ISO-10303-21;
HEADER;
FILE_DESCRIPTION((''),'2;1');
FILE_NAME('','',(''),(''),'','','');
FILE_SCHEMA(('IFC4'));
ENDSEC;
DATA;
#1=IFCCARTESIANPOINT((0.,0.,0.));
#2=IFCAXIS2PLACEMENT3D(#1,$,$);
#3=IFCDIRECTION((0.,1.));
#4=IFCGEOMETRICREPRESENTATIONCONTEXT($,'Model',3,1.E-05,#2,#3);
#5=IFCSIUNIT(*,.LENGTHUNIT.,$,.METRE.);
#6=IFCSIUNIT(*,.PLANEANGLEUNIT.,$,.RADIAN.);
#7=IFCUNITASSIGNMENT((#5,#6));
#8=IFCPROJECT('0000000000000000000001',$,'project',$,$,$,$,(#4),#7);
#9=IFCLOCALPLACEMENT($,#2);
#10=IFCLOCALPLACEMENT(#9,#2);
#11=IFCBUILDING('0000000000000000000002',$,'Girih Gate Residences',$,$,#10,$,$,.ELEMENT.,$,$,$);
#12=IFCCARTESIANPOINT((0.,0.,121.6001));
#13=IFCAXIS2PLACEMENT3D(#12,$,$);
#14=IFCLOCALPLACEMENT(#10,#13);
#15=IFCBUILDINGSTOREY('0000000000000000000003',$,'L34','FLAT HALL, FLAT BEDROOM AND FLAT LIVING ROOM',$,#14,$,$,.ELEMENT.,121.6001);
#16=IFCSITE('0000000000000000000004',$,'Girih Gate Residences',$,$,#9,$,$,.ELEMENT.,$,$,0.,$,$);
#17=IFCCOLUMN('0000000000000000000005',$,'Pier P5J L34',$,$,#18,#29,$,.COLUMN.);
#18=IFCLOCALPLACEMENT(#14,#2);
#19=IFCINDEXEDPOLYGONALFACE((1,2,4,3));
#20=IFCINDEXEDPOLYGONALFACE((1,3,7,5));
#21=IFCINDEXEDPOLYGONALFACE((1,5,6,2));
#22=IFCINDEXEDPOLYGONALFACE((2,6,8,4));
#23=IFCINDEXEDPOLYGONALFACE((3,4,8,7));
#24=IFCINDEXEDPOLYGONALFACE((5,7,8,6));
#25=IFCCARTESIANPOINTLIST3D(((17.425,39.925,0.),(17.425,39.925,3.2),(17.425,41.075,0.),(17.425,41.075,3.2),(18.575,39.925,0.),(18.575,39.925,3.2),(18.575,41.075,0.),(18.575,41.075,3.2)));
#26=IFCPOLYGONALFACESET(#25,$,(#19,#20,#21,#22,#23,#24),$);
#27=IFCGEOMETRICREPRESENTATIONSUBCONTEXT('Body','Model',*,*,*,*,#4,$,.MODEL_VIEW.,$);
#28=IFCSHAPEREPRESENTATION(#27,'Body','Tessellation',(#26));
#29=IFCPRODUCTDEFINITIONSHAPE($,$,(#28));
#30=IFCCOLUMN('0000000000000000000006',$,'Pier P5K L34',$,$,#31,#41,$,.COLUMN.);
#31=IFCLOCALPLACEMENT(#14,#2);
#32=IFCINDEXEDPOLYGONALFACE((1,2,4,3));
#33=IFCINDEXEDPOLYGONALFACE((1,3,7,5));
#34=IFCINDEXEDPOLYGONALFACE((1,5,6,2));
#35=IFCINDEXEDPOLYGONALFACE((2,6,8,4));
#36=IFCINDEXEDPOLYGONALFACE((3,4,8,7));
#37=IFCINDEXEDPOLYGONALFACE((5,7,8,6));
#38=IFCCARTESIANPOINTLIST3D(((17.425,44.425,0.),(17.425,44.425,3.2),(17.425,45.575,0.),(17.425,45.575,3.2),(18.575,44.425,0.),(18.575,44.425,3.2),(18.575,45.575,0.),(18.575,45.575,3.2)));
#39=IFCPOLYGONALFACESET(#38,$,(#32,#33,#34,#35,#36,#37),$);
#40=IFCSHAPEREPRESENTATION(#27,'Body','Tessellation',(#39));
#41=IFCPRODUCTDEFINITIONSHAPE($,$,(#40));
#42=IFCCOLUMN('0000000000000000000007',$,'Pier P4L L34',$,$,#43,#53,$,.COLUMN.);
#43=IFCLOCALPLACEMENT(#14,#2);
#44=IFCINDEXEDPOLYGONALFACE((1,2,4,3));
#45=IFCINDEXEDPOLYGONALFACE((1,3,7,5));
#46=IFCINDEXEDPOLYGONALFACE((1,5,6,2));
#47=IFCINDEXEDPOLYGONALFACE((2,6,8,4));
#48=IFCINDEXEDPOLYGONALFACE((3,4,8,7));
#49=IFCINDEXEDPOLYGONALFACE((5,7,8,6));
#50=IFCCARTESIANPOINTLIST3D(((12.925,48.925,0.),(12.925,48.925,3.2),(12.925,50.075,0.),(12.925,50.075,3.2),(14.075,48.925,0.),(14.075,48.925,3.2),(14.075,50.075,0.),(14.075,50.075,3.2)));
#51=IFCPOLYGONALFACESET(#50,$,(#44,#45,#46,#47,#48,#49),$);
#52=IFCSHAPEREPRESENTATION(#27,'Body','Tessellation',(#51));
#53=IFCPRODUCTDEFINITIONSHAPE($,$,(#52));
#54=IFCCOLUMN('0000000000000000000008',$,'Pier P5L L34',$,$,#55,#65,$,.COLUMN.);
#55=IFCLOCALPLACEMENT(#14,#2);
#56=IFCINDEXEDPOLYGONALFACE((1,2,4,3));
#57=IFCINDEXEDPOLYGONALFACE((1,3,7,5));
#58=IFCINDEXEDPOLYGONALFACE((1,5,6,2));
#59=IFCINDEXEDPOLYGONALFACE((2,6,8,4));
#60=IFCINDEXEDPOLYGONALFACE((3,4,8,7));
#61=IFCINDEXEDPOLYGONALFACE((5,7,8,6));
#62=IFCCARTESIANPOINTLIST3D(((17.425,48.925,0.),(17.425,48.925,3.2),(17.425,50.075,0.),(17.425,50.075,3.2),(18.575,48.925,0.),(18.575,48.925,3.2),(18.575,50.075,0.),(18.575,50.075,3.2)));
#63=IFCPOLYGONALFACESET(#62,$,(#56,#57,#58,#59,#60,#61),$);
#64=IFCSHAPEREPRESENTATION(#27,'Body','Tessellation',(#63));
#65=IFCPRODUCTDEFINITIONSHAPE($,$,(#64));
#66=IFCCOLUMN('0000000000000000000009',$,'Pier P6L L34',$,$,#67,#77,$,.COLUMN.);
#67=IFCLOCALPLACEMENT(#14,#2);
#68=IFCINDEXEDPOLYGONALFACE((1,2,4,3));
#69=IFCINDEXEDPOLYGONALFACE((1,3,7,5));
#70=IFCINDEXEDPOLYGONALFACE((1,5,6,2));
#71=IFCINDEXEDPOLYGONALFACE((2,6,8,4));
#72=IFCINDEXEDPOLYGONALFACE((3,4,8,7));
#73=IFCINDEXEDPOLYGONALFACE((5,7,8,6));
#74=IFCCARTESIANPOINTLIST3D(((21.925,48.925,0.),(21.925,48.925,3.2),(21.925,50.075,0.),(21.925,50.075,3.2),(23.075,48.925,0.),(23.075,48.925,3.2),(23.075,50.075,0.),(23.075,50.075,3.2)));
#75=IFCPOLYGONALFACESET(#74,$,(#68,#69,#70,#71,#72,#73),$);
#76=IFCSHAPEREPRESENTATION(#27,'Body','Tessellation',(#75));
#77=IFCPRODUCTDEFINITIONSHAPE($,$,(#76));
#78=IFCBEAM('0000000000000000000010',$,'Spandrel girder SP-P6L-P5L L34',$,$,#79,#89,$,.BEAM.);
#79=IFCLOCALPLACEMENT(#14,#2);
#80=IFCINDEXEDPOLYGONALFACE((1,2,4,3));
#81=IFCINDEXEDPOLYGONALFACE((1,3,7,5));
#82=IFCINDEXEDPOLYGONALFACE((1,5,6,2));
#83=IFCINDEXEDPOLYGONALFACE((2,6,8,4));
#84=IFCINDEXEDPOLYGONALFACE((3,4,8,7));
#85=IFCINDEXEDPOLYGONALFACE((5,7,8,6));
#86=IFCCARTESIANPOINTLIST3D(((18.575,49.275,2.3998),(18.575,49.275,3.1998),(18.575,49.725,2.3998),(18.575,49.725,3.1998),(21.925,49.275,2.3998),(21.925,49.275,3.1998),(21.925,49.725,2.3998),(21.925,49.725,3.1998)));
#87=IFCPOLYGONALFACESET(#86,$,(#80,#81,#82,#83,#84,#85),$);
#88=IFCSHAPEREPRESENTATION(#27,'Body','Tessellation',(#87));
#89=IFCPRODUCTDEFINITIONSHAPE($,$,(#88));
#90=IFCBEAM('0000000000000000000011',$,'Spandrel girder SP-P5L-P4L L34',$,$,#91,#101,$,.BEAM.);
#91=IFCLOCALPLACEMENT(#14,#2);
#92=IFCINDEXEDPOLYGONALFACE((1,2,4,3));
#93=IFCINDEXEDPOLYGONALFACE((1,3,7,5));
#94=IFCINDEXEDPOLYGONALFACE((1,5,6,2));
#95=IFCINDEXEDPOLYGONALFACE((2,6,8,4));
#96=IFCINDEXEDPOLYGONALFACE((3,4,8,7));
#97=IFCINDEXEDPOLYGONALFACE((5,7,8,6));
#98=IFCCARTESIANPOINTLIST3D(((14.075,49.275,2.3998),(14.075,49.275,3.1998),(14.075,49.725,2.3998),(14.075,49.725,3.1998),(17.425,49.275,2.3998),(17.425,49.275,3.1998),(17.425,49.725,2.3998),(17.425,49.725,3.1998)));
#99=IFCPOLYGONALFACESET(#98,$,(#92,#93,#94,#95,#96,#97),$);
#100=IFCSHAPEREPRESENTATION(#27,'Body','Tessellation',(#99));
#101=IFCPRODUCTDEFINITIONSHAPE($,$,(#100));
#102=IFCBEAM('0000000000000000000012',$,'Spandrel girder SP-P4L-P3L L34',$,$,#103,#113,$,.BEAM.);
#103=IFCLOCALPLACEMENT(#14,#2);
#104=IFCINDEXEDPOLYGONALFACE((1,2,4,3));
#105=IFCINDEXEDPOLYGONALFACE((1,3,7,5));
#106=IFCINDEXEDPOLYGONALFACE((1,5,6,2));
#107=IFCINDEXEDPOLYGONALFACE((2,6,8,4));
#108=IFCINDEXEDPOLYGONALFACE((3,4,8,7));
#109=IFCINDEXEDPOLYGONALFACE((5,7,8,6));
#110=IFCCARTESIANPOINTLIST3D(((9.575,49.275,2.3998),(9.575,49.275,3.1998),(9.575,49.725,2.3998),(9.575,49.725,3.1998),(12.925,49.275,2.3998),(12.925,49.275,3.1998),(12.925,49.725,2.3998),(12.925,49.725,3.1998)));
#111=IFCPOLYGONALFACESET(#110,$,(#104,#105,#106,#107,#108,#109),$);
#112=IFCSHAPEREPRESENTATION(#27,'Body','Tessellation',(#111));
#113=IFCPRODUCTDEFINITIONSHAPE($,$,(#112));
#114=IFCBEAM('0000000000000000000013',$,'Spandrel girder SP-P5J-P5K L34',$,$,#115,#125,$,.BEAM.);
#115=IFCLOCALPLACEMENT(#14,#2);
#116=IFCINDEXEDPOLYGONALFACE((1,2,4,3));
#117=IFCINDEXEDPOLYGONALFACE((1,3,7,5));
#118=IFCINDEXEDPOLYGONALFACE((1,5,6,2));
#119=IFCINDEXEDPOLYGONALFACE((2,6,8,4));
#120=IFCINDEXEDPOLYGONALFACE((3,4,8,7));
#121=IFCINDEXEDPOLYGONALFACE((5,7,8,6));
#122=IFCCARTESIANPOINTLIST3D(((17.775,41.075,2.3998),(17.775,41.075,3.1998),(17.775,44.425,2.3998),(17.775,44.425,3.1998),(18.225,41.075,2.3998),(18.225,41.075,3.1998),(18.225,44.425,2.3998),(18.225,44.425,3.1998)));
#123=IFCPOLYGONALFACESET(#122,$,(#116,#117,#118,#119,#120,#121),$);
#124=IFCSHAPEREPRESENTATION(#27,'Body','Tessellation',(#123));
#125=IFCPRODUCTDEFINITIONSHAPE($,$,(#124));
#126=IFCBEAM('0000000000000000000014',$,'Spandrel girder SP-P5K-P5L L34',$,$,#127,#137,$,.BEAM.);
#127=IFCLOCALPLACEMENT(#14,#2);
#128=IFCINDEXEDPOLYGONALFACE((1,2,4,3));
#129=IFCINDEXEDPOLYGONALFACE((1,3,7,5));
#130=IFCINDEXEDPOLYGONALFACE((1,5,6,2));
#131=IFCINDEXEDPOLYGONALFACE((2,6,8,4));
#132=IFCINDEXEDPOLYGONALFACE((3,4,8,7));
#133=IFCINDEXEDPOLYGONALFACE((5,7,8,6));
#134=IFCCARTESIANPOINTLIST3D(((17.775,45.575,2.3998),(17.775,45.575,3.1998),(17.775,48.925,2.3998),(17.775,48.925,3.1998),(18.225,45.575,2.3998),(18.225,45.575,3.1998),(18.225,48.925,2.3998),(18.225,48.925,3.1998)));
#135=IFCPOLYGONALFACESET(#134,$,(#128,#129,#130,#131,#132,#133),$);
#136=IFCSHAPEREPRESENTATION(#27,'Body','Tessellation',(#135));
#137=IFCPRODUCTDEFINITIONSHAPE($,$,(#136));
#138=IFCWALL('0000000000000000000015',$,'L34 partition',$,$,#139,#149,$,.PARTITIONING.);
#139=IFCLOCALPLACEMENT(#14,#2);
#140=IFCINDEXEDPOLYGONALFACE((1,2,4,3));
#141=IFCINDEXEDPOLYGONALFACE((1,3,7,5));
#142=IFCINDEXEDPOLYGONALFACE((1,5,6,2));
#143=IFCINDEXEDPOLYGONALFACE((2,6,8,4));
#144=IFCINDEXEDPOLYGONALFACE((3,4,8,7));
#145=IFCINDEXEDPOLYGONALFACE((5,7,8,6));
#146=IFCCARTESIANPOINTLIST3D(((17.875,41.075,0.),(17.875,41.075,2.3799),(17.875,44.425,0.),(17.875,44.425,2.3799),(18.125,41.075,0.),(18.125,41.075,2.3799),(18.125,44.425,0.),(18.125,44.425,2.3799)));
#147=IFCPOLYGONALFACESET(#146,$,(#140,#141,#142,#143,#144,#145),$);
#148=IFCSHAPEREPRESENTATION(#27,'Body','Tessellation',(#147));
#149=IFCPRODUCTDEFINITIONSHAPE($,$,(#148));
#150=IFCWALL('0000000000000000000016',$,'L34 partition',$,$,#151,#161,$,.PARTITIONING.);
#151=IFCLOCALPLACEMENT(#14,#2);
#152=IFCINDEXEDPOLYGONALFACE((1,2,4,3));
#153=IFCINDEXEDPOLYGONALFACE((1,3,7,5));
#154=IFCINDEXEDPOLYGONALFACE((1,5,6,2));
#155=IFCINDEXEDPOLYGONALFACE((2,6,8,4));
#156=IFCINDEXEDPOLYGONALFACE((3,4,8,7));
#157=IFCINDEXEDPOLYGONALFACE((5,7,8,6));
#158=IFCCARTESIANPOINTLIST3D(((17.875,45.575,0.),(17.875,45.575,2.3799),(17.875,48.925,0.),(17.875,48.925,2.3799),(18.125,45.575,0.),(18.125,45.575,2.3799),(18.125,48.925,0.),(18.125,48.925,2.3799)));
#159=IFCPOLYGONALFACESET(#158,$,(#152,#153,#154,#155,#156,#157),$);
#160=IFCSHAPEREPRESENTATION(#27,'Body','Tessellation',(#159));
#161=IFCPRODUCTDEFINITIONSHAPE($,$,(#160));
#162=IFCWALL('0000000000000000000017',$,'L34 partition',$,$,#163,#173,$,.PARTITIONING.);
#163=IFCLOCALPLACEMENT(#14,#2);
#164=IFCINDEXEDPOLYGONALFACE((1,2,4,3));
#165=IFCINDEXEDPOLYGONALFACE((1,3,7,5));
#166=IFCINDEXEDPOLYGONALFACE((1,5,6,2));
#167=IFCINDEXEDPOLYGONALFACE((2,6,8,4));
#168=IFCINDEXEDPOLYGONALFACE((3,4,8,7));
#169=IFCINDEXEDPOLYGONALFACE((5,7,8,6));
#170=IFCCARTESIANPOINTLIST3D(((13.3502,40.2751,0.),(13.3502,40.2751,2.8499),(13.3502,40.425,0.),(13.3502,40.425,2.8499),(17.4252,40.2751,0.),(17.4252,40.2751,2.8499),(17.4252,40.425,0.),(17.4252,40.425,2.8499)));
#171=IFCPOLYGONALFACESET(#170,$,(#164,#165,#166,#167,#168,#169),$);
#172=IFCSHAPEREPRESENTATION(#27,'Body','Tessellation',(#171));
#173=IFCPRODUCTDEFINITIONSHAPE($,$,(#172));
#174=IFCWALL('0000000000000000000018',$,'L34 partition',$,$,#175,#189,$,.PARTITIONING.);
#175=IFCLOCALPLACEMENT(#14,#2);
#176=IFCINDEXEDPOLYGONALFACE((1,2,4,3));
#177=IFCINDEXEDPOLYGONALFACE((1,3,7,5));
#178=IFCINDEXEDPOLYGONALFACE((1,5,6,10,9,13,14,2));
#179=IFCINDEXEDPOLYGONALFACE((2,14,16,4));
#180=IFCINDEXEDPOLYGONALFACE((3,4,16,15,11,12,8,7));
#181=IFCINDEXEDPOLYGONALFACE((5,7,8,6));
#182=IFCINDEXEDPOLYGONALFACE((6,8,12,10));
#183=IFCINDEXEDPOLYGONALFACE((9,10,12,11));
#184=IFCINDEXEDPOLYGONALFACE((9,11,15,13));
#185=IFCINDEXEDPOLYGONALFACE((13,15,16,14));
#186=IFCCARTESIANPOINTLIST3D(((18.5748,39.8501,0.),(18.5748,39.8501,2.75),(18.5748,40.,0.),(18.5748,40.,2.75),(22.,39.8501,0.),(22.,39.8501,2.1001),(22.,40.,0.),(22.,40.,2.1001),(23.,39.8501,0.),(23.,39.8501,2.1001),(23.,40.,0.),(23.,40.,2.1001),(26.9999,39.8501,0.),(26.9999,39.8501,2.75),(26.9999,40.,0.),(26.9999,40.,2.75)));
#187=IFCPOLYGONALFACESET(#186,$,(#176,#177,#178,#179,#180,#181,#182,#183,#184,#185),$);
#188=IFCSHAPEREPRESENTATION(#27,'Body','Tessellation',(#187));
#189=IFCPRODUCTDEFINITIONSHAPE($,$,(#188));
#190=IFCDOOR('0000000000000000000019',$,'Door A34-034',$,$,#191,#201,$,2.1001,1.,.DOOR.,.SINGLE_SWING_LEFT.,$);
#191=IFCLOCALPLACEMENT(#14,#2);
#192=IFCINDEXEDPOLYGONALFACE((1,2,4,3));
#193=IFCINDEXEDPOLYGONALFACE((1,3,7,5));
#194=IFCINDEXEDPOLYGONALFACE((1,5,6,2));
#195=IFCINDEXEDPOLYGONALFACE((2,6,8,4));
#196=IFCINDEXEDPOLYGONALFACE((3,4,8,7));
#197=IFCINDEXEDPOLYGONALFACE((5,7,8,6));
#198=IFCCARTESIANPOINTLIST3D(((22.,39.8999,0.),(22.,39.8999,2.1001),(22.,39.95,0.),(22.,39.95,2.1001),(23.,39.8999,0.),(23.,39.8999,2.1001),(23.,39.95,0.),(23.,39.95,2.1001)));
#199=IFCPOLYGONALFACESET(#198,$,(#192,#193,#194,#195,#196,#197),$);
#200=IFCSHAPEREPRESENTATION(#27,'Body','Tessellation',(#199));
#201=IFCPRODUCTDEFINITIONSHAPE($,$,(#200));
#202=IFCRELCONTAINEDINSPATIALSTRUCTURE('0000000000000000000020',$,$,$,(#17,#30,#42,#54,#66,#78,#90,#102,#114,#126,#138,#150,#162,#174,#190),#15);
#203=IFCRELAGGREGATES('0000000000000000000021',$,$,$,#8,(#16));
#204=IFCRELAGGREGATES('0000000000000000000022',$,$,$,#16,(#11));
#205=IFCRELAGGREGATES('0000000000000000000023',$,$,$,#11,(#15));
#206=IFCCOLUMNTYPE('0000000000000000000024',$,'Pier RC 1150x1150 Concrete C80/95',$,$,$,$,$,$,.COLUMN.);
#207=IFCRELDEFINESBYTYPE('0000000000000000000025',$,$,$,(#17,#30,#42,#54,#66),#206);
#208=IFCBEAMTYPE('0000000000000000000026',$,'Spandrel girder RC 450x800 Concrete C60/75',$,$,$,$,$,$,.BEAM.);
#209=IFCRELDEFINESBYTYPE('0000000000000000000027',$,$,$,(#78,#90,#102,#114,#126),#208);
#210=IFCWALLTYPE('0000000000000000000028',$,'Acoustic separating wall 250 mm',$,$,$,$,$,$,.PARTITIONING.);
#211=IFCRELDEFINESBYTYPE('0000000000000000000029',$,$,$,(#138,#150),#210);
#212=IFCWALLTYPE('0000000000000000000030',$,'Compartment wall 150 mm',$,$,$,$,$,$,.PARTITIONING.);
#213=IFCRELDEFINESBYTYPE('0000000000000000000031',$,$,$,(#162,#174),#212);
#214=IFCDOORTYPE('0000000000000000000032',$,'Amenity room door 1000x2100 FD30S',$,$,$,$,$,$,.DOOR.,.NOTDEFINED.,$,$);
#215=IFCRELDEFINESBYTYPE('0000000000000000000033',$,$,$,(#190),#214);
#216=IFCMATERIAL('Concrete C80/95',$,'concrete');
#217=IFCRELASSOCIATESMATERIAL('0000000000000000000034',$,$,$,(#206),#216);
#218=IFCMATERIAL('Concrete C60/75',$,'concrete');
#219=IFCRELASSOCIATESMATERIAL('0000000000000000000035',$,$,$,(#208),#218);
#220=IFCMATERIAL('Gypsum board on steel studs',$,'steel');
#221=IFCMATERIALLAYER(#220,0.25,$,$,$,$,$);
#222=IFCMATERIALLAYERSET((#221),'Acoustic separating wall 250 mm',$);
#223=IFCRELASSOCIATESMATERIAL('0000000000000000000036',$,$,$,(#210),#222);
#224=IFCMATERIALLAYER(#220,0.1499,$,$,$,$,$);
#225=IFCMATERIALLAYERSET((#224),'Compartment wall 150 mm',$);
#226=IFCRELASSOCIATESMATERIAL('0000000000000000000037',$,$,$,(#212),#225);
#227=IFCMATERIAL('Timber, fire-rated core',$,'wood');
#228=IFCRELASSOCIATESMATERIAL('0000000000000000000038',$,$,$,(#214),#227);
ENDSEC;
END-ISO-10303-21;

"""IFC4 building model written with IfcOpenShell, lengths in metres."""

from ifc_helpers import new_model, si_unit, direction, frame, frame_2d, origin, origin_2d, place, context, subcontext, project, spatial, rectangle, extrude, material, layer, layer_set, material_profile, profile_set, type_object, element, fill, save


model = new_model("IFC4")

# Units and contexts
model_context = context("Model", 3, precision=1e-05, world=origin(), true_north=direction((0.0, 1.0)))
body_context = subcontext(model_context, "Body", "Model", "MODEL_VIEW")
ifc_project = project(units=[si_unit("LENGTHUNIT", "METRE"), si_unit("PLANEANGLEUNIT", "RADIAN")], contexts=[model_context])

# Site, building, storey
site_placement = place(None, origin())
site = spatial("IfcSite", under=ifc_project, at=site_placement, Name="Girih Gate Residences", CompositionType="ELEMENT", RefElevation=0.0)
building_placement = place(site_placement, origin())
building = spatial("IfcBuilding", under=site, at=building_placement, Name="Girih Gate Residences", CompositionType="ELEMENT")
storey_placement = place(building_placement, frame((0.0, 0.0, 121.6001)))
storey = spatial("IfcBuildingStorey", under=building, at=storey_placement, Name="L34", Description="FLAT HALL, FLAT BEDROOM AND FLAT LIVING ROOM", CompositionType="ELEMENT", Elevation=121.6001)

# Columns
ifc_material_1 = material(Name="Concrete C80/95", Category="concrete")
ifc_material_profile_1 = material_profile(ifc_material_1, rectangle(XDim=1.1499, YDim=1.1499, at=origin_2d()))
ifc_profile_set_1 = profile_set([ifc_material_profile_1], Name="Concrete C80/95")
column_type = type_object("IfcColumnType", Name="Pier RC 1150x1150 Concrete C80/95", PredefinedType="COLUMN", material=ifc_profile_set_1)
for number, where, z_axis, x_axis, name in (
    (1, (18.0, 40.5, 0.0), (0.0, 0.0, 1.0), (1.0, 0.0, 0.0), "Pier P5J L34"),
    (2, (18.0, 45.0, 0.0), (0.0, 0.0, 1.0), (1.0, 0.0, 0.0), "Pier P5K L34"),
    (3, (13.5, 49.5, 0.0), (0.0, 0.0, 1.0), (1.0, 0.0, 0.0), "Pier P4L L34"),
    (4, (18.0, 49.5, 0.0), (0.0, 0.0, 1.0), (1.0, 0.0, 0.0), "Pier P5L L34"),
    (5, (22.5, 49.5, 0.0), (0.0, 0.0, 1.0), (1.0, 0.0, 0.0), "Pier P6L L34"),
):
    element("IfcColumn", number, at=place(storey_placement, frame(where, z_axis=z_axis, x_axis=x_axis)), inside=storey, type_object=column_type, Name=name, PredefinedType="COLUMN", context=body_context, shape_type="SweptSolid", body=[
        extrude(rectangle(XDim=1.1499, YDim=1.1499, at=origin_2d()), origin(), (0.0, 0.0, 1.0), 3.2),
    ])

# Beams
ifc_material_2 = material(Name="Concrete C60/75", Category="concrete")
ifc_material_profile_2 = material_profile(ifc_material_2, rectangle(XDim=0.45, YDim=0.8, at=origin_2d()))
ifc_profile_set_2 = profile_set([ifc_material_profile_2], Name="Concrete C60/75")
beam_type = type_object("IfcBeamType", Name="Spandrel girder RC 450x800 Concrete C60/75", PredefinedType="BEAM", material=ifc_profile_set_2)
for number, where, z_axis, x_axis, name in (
    (6, (21.925, 49.5, 2.7998), (-1.0, 0.0, 0.0), (0.0, -1.0, 0.0), "Spandrel girder SP-P6L-P5L L34"),
    (7, (17.425, 49.5, 2.7998), (-1.0, 0.0, 0.0), (0.0, -1.0, 0.0), "Spandrel girder SP-P5L-P4L L34"),
    (8, (12.925, 49.5, 2.7998), (-1.0, 0.0, 0.0), (0.0, -1.0, 0.0), "Spandrel girder SP-P4L-P3L L34"),
    (9, (18.0, 41.075, 2.7998), (0.0, 1.0, 0.0), (-1.0, 0.0, 0.0), "Spandrel girder SP-P5J-P5K L34"),
    (10, (18.0, 45.575, 2.7998), (0.0, 1.0, 0.0), (-1.0, 0.0, 0.0), "Spandrel girder SP-P5K-P5L L34"),
):
    element("IfcBeam", number, at=place(storey_placement, frame(where, z_axis=z_axis, x_axis=x_axis)), inside=storey, type_object=beam_type, Name=name, PredefinedType="BEAM", context=body_context, shape_type="SweptSolid", body=[
        extrude(rectangle(XDim=0.45, YDim=0.8, at=origin_2d()), origin(), (0.0, 0.0, 1.0), 3.3501),
    ])

# Walls
ifc_material_3 = material(Name="Gypsum board on steel studs", Category="steel")
ifc_layer_1 = layer(ifc_material_3, 0.25)
ifc_layer_set_1 = layer_set([ifc_layer_1], Name="Acoustic separating wall 250 mm")
wall_type_1 = type_object("IfcWallType", Name="Acoustic separating wall 250 mm", PredefinedType="PARTITIONING", material=ifc_layer_set_1)
for number, where, z_axis, x_axis, name in (
    (11, (18.0, 41.075, 0.0), (0.0, 0.0, 1.0), (0.0, 1.0, 0.0), "L34 partition"),
    (12, (18.0, 45.575, 0.0), (0.0, 0.0, 1.0), (0.0, 1.0, 0.0), "L34 partition"),
):
    element("IfcWall", number, at=place(storey_placement, frame(where, z_axis=z_axis, x_axis=x_axis)), inside=storey, type_object=wall_type_1, Name=name, PredefinedType="PARTITIONING", context=body_context, shape_type="SweptSolid", body=[
        extrude(rectangle(XDim=3.3501, YDim=0.25, at=frame_2d((1.675, 0.0))), origin(), (0.0, 0.0, 1.0), 2.3799),
    ])
ifc_layer_2 = layer(ifc_material_3, 0.1499)
ifc_layer_set_2 = layer_set([ifc_layer_2], Name="Compartment wall 150 mm")
wall_type_2 = type_object("IfcWallType", Name="Compartment wall 150 mm", PredefinedType="PARTITIONING", material=ifc_layer_set_2)
wall_1_placement = place(storey_placement, frame((13.3501, 40.3501, 0.0), z_axis=(0.0, 0.0, 1.0), x_axis=(1.0, 0.0, 0.0)))
element("IfcWall", 13, at=wall_1_placement, inside=storey, type_object=wall_type_2, Name="L34 partition", PredefinedType="PARTITIONING", context=body_context, shape_type="SweptSolid", body=[
    extrude(rectangle(XDim=4.075, YDim=0.1499, at=frame_2d((2.0376, 0.0))), origin(), (0.0, 0.0, 1.0), 2.8499),
])

# Wall, opening, door
wall_2_placement = place(storey_placement, frame((18.575, 39.925, 0.0), z_axis=(0.0, 0.0, 1.0), x_axis=(1.0, 0.0, 0.0)))
wall_2 = element("IfcWall", 14, at=wall_2_placement, inside=storey, type_object=wall_type_2, Name="L34 partition", PredefinedType="PARTITIONING", context=body_context, shape_type="SweptSolid", body=[
    extrude(rectangle(XDim=8.425, YDim=0.1499, at=frame_2d((4.2124, 0.0))), origin(), (0.0, 0.0, 1.0), 2.75),
])
opening_1_placement = place(wall_2_placement, frame((3.425, 0.0, 0.0)))
opening_1 = element("IfcOpeningElement", 15, at=opening_1_placement, cuts=wall_2, PredefinedType="OPENING", context=body_context, shape_type="SweptSolid", body=[
    extrude(rectangle(XDim=1.0, YDim=2.1001, at=frame_2d((0.5, 1.05))), frame((0.0, 0.085, 0.0), z_axis=(0.0, -1.0, 0.0), x_axis=(1.0, 0.0, 0.0)), (0.0, 0.0, 1.0), 0.1699),
])
ifc_material_4 = material(Name="Timber, fire-rated core", Category="wood")
door_type_1 = type_object("IfcDoorType", Name="Amenity room door 1000x2100 FD30S", OperationType="NOTDEFINED", PredefinedType="DOOR", material=ifc_material_4)
door_1_placement = place(opening_1_placement, origin())
door_1 = element("IfcDoor", 16, at=door_1_placement, inside=storey, type_object=door_type_1, Name="Door A34-034", OperationType="SINGLE_SWING_LEFT", OverallHeight=2.1001, OverallWidth=1.0, PredefinedType="DOOR", context=body_context, shape_type="SweptSolid", body=[
    extrude(rectangle(XDim=1.0, YDim=2.1001, at=frame_2d((0.5, 1.05))), frame((0.0, 0.0249, 0.0), z_axis=(0.0, -1.0, 0.0), x_axis=(1.0, 0.0, 0.0)), (0.0, 0.0, 1.0), 0.05),
])
fill(opening_1, door_1)

save(model, "model.ifc")
